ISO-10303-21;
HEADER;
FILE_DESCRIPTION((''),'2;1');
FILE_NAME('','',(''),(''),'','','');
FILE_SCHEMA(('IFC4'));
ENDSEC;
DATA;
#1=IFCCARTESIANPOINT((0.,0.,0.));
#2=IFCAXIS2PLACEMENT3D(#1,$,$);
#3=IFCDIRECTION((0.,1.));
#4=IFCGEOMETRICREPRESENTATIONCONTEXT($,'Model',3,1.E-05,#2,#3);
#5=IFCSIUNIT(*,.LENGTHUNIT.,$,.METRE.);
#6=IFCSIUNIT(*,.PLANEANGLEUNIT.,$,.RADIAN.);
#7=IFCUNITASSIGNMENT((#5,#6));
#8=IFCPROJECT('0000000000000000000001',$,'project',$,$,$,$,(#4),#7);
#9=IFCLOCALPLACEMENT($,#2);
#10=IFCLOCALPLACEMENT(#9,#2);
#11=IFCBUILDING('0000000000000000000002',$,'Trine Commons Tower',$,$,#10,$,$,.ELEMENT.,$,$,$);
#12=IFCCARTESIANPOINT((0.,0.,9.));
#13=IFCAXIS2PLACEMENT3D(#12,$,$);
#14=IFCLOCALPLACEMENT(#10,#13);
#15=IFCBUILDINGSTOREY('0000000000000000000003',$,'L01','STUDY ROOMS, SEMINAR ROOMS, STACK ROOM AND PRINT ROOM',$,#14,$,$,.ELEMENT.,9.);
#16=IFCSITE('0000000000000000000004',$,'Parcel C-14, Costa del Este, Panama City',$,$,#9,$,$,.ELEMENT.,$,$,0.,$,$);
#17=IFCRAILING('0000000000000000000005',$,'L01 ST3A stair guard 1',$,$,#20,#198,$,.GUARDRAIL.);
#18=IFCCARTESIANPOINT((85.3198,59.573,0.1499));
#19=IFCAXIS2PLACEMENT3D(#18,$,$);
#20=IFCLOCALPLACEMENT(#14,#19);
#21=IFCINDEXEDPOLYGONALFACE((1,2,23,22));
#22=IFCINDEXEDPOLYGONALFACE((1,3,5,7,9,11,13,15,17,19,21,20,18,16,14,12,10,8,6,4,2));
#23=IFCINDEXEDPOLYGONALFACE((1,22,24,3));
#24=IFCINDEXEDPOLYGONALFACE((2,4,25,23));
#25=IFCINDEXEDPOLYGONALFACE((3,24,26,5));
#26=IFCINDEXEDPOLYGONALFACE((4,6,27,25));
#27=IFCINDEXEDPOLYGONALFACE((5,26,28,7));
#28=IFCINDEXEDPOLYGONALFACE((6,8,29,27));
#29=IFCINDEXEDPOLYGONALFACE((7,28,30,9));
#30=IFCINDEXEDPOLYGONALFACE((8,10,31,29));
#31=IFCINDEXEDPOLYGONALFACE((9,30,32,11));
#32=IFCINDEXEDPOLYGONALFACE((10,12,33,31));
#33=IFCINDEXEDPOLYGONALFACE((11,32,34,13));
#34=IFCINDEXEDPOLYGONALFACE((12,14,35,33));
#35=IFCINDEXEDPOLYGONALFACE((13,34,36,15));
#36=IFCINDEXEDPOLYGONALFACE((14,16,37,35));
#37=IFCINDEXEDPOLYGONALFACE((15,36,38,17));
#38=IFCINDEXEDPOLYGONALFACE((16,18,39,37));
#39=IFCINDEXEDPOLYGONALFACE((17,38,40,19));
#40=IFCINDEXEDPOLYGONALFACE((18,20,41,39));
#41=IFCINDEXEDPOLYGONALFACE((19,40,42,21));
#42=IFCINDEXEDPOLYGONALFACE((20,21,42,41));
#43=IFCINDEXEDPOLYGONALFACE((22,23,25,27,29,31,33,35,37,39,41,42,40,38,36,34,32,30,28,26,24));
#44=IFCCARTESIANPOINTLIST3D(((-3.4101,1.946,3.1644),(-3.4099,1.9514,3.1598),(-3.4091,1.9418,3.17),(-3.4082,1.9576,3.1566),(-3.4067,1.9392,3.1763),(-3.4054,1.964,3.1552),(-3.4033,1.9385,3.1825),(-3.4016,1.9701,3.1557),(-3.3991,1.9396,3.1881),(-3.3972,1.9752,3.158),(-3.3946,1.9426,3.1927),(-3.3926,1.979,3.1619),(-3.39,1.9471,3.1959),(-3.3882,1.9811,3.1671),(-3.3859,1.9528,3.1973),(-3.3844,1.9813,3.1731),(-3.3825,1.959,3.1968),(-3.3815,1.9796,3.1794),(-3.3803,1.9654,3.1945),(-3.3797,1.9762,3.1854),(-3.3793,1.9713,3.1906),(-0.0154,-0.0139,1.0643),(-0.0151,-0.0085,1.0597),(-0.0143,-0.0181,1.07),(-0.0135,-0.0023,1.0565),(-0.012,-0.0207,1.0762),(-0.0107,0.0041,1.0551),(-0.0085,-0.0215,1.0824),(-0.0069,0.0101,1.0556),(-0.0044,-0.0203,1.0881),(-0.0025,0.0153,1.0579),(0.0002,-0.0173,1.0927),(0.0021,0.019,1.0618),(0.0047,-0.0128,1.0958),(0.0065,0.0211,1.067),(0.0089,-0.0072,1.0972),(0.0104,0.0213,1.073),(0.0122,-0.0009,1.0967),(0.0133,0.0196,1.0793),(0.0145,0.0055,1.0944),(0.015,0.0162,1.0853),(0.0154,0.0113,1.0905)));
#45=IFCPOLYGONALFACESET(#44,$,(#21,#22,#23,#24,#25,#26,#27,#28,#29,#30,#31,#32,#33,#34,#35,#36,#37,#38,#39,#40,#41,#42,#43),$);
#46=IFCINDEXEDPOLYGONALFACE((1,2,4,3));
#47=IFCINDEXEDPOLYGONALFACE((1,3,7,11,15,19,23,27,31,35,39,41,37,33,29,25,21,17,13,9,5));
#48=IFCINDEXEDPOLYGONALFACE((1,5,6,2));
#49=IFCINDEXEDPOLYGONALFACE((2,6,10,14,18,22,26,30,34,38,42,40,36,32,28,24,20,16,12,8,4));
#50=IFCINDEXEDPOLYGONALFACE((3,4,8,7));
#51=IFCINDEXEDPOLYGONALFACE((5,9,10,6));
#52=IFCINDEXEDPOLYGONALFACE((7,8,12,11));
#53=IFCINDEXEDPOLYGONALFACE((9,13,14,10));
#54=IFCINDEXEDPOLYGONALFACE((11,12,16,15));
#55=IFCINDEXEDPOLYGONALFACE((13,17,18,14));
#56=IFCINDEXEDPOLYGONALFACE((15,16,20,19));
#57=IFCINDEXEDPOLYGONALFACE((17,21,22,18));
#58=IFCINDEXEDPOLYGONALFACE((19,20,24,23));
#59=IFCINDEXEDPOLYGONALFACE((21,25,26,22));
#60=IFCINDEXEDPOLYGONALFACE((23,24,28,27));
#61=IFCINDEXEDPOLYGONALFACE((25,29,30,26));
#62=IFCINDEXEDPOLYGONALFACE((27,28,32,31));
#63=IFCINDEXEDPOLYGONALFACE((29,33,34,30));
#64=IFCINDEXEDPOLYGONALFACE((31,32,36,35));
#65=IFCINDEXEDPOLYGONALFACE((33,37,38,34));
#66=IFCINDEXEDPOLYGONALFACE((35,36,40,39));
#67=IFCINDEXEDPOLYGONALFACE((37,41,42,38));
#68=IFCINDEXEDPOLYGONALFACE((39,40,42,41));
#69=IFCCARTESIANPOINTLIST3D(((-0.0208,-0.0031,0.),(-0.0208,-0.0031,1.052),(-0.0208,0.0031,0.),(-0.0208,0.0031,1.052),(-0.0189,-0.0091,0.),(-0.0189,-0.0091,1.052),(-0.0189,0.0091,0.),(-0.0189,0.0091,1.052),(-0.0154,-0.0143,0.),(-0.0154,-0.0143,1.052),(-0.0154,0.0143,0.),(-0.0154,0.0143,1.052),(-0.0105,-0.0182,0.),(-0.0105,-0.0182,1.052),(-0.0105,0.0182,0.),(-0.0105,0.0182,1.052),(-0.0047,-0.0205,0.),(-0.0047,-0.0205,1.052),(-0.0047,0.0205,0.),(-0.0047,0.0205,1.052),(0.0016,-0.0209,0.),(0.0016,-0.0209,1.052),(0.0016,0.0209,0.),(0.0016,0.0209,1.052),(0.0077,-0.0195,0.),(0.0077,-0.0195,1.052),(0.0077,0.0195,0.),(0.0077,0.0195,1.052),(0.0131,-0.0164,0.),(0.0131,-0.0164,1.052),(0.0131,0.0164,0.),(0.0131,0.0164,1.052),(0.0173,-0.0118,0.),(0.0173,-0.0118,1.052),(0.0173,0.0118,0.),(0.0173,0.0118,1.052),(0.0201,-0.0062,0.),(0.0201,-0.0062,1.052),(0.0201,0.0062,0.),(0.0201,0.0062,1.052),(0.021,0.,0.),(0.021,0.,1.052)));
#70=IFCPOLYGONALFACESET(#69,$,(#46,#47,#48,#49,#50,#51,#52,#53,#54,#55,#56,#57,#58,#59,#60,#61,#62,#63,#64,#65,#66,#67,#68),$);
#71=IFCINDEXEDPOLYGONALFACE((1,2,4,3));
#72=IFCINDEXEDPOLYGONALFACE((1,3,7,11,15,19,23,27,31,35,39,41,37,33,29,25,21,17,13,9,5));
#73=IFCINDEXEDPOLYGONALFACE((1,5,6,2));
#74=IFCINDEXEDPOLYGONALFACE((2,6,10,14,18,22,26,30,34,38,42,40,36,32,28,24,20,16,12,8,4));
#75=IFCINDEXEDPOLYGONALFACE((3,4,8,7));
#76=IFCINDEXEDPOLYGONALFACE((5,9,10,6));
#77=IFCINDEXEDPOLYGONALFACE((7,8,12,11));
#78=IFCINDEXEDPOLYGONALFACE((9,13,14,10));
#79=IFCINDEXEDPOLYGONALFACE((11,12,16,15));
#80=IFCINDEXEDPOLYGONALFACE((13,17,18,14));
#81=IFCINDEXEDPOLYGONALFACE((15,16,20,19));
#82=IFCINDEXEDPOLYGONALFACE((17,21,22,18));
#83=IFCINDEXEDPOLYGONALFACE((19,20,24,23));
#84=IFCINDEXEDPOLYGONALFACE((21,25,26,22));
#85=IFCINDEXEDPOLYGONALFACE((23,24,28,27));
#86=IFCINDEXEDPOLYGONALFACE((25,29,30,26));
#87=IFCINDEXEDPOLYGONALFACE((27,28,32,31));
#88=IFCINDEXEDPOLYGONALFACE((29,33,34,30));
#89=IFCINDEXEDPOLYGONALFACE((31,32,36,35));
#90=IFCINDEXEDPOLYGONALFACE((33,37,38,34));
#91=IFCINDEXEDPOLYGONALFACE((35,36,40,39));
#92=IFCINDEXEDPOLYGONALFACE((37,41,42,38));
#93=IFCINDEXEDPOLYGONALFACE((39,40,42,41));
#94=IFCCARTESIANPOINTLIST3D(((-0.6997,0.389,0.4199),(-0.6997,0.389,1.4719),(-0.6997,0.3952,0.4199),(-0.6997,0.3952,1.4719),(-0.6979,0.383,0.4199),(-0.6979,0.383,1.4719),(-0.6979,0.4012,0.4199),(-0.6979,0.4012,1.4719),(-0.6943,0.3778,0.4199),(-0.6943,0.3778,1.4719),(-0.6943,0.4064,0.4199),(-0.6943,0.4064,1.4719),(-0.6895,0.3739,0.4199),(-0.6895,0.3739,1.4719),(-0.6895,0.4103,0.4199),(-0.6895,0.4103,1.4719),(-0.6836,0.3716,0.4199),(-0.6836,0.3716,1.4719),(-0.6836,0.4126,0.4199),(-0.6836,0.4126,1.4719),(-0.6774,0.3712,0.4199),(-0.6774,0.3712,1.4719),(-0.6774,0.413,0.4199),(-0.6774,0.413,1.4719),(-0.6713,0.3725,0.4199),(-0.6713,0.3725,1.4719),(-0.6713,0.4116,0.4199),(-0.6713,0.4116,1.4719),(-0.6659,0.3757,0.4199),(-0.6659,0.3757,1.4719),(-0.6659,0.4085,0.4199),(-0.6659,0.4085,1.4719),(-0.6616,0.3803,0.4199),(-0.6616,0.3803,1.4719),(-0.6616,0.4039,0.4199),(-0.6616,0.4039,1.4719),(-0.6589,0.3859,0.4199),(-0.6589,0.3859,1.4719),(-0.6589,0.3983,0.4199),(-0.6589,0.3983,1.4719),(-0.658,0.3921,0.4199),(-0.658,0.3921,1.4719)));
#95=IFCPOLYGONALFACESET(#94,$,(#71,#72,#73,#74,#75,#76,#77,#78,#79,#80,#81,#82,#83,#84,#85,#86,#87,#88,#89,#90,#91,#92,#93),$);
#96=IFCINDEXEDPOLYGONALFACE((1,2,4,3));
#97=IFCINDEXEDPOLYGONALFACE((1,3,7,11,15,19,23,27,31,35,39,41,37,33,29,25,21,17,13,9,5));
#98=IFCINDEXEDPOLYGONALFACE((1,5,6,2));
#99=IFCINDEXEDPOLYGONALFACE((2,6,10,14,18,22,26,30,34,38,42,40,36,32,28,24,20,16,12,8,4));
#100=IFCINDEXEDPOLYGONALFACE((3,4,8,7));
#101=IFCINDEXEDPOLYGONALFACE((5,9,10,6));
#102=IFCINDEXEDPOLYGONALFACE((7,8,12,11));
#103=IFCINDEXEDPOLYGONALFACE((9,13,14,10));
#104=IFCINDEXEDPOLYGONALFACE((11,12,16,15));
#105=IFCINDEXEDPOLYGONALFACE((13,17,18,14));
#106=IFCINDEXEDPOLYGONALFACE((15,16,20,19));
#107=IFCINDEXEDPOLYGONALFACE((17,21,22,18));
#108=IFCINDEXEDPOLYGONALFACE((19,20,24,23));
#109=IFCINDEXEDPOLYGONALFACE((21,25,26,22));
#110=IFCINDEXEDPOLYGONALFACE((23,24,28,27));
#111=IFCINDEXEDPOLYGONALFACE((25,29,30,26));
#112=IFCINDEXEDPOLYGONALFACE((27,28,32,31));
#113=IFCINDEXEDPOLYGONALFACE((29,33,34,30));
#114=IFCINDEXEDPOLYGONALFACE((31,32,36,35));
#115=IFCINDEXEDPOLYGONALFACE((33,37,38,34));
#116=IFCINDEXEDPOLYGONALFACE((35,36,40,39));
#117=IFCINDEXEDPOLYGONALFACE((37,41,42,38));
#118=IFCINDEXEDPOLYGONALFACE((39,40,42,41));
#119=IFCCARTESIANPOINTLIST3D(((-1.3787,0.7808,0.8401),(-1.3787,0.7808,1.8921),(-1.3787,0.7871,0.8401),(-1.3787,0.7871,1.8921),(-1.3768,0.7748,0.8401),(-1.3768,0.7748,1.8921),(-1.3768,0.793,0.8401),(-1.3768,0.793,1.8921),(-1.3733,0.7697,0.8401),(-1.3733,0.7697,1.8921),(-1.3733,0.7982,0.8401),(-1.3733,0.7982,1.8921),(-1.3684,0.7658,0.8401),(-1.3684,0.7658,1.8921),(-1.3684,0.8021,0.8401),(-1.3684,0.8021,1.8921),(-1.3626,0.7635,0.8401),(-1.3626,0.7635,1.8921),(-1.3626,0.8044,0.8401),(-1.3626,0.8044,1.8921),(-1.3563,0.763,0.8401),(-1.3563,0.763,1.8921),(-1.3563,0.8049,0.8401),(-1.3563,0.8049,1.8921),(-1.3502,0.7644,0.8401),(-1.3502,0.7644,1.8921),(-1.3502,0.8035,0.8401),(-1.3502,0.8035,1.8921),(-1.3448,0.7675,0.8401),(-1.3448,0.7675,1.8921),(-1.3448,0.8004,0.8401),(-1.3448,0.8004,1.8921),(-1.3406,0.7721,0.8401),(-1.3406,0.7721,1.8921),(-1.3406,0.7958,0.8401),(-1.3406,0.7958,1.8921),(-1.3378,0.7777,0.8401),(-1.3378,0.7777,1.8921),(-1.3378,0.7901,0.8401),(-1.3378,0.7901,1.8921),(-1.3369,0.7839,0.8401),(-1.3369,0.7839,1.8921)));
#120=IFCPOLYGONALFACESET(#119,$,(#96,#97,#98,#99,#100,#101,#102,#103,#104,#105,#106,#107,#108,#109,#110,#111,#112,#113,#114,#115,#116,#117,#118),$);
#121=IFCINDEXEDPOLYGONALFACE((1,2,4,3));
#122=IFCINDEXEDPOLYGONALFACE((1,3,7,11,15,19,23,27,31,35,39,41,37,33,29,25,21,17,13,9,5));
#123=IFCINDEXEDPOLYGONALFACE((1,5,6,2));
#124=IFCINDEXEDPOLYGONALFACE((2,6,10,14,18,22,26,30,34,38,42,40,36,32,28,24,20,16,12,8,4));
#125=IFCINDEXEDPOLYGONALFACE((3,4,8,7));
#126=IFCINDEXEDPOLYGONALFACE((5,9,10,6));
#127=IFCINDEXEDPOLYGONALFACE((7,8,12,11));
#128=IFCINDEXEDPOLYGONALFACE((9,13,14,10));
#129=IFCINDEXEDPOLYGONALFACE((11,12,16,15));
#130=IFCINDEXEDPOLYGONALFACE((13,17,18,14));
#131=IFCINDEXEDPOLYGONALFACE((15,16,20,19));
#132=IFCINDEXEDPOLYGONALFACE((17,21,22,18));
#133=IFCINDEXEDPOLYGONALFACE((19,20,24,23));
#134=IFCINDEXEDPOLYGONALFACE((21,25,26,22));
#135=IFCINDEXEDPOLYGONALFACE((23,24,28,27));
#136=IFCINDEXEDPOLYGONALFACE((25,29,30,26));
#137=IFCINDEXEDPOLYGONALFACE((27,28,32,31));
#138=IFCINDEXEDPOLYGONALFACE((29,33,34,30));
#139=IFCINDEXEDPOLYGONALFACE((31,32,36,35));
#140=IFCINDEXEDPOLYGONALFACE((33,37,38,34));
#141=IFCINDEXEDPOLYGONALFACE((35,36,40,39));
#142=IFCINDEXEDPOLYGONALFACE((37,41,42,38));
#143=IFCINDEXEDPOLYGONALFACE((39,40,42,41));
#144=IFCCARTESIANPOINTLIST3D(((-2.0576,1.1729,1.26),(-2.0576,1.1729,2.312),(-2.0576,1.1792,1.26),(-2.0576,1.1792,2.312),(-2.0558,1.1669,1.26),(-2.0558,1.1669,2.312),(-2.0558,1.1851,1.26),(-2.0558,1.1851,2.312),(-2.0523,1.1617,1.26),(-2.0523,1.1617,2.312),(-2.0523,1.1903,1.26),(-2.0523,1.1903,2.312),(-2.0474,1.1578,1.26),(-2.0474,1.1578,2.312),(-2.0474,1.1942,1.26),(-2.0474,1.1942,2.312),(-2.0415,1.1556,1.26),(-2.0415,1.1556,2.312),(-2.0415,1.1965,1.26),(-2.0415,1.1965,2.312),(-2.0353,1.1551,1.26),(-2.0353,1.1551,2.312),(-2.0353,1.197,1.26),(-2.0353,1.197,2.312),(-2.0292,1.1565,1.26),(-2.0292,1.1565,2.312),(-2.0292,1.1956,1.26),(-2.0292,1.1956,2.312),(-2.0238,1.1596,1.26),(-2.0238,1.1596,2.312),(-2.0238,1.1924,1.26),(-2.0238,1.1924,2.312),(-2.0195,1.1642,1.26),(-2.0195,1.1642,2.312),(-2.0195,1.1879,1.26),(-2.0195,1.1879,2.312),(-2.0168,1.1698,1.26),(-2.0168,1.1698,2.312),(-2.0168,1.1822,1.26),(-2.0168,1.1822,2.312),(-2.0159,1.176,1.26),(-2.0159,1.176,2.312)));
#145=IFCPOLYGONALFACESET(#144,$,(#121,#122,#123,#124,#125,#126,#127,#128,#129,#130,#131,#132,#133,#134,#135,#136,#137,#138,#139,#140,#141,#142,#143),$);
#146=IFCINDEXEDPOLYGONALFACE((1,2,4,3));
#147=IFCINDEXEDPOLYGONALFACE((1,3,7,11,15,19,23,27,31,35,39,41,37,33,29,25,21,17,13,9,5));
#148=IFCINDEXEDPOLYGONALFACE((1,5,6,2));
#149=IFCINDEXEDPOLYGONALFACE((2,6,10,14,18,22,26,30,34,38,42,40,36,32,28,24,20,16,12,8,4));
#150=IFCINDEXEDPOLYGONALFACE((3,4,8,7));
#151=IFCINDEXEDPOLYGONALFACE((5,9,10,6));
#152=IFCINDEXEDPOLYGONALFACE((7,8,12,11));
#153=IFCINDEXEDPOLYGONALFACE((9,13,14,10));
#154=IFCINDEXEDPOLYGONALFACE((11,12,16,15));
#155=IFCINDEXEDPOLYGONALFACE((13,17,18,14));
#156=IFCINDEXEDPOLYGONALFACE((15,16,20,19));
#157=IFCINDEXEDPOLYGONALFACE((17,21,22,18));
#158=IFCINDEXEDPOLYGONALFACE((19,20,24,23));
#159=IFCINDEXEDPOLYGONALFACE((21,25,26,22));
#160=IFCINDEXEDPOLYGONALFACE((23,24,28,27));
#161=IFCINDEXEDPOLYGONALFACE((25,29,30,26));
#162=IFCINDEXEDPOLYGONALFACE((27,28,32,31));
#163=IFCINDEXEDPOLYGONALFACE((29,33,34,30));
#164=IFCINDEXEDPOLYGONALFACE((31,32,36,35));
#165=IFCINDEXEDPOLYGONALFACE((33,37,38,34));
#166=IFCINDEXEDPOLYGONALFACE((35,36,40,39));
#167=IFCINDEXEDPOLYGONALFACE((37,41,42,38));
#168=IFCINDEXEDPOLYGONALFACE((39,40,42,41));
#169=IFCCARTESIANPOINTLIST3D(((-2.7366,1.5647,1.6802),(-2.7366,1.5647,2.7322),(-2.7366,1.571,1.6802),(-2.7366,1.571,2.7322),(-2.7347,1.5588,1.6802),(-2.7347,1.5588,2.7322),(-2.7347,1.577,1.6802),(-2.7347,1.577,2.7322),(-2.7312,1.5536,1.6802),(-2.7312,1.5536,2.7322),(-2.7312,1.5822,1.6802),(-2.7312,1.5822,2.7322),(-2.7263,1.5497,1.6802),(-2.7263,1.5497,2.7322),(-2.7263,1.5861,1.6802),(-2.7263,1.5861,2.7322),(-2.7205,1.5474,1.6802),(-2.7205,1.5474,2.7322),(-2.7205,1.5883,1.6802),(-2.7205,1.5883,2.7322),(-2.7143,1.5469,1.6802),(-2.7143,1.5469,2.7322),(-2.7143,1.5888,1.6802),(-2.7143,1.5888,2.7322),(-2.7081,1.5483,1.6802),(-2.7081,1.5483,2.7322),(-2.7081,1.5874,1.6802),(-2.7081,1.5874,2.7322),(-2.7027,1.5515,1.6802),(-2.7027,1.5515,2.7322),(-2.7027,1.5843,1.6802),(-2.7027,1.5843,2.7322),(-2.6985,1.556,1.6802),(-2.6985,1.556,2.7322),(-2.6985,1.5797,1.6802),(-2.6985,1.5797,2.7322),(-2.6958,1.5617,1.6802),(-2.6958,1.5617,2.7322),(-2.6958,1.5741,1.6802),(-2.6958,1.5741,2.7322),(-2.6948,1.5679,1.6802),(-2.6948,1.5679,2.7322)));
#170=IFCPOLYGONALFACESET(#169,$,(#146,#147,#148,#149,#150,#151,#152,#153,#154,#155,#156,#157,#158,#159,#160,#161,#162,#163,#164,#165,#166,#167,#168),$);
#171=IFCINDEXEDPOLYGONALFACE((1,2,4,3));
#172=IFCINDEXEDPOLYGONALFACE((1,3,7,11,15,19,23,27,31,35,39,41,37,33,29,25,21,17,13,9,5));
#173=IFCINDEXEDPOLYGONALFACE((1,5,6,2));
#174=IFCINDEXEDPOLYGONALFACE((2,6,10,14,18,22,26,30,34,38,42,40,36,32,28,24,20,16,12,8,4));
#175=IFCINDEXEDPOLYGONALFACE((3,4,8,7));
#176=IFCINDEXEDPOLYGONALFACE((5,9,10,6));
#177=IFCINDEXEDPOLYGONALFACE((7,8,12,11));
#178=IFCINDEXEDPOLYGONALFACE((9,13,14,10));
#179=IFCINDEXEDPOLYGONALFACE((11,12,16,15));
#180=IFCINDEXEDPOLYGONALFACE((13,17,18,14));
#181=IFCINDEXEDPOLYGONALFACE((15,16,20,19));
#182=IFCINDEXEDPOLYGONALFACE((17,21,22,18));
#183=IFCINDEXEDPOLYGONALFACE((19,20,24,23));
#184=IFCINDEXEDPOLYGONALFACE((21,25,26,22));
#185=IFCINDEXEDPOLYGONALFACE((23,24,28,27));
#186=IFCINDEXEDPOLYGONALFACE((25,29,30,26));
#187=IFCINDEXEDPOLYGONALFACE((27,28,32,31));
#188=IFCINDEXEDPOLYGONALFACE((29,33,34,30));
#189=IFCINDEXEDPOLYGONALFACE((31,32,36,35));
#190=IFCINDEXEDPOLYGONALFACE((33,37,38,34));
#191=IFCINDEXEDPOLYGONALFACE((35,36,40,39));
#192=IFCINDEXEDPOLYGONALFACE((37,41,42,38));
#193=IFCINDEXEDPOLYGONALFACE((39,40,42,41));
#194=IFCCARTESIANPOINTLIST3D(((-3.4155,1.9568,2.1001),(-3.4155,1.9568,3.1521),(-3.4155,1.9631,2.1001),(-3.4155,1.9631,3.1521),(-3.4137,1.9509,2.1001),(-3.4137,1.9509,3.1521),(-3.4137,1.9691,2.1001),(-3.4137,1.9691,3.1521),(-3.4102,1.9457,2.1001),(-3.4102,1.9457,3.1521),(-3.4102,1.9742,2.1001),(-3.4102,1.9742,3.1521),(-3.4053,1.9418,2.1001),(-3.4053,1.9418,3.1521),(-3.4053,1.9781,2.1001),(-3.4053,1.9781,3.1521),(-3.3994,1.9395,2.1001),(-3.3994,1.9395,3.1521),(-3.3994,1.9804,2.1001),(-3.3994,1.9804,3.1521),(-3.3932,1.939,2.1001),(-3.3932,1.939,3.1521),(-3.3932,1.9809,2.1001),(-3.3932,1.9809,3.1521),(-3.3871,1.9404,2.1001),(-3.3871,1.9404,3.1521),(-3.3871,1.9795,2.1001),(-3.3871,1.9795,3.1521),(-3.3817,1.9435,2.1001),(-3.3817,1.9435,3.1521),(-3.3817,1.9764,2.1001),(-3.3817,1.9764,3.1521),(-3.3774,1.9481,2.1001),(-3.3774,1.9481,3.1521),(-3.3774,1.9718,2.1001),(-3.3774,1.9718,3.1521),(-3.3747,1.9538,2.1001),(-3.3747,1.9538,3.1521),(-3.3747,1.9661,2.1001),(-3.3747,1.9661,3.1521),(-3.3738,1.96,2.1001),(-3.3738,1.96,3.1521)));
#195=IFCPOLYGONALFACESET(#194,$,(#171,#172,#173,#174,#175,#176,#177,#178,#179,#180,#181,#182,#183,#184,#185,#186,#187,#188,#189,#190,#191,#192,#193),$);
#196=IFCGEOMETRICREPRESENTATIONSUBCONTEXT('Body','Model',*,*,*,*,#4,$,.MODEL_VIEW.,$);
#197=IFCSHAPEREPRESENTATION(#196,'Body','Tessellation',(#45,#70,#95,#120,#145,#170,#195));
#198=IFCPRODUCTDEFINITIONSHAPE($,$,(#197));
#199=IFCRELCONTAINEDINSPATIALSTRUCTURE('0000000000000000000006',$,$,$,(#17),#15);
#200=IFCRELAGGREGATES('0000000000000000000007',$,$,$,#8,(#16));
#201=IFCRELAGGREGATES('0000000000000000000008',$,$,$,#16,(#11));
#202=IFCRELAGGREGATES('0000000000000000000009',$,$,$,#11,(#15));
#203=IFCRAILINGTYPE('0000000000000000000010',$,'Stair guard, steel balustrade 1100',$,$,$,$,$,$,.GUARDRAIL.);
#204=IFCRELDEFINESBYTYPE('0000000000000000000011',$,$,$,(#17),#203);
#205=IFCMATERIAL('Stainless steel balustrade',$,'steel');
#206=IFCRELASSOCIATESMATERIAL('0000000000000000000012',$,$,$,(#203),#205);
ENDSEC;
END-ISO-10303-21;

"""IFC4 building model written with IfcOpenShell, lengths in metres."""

from ifc_helpers import new_model, si_unit, direction, frame, origin, origin_2d, place, context, subcontext, project, spatial, circle, extrude, material, type_object, element, save


model = new_model("IFC4")

# Units and contexts
model_context = context("Model", 3, precision=1e-05, world=origin(), true_north=direction((0.0, 1.0)))
body_context = subcontext(model_context, "Body", "Model", "MODEL_VIEW")
ifc_project = project(units=[si_unit("LENGTHUNIT", "METRE"), si_unit("PLANEANGLEUNIT", "RADIAN")], contexts=[model_context])

# Site, building, storey
site_placement = place(None, origin())
site = spatial("IfcSite", under=ifc_project, at=site_placement, Name="Parcel C-14, Costa del Este, Panama City", CompositionType="ELEMENT", RefElevation=0.0)
building_placement = place(site_placement, origin())
building = spatial("IfcBuilding", under=site, at=building_placement, Name="Trine Commons Tower", CompositionType="ELEMENT")
storey_placement = place(building_placement, frame((0.0, 0.0, 9.0)))
storey = spatial("IfcBuildingStorey", under=building, at=storey_placement, Name="L01", Description="STUDY ROOMS, SEMINAR ROOMS, STACK ROOM AND PRINT ROOM", CompositionType="ELEMENT", Elevation=9.0)

# Railing
ifc_material_1 = material(Name="Stainless steel balustrade", Category="steel")
railing_type_1 = type_object("IfcRailingType", Name="Stair guard, steel balustrade 1100", PredefinedType="GUARDRAIL", material=ifc_material_1)
railing_1_placement = place(storey_placement, frame((85.3198, 59.573, 0.1499)))
element("IfcRailing", 1, at=railing_1_placement, inside=storey, type_object=railing_type_1, Name="L01 ST3A stair guard 1", PredefinedType="GUARDRAIL", context=body_context, shape_type="SweptSolid", body=[
    extrude(circle(Radius=0.0239, at=origin_2d()), frame((0.0, 0.0, 1.0762), z_axis=(-0.763375, 0.440732, 0.472244), x_axis=(-0.499997, -0.866027, 0.0)), (0.0, 0.0, 1.0), 4.447),
    extrude(circle(Radius=0.021, at=origin_2d()), origin(), (0.0, 0.0, 1.0), 1.052),
    extrude(circle(Radius=0.021, at=origin_2d()), frame((-0.679, 0.3921, 0.4199)), (0.0, 0.0, 1.0), 1.052),
    extrude(circle(Radius=0.021, at=origin_2d()), frame((-1.3579, 0.7839, 0.8401)), (0.0, 0.0, 1.0), 1.052),
    extrude(circle(Radius=0.021, at=origin_2d()), frame((-2.0369, 1.176, 1.26)), (0.0, 0.0, 1.0), 1.052),
    extrude(circle(Radius=0.021, at=origin_2d()), frame((-2.7158, 1.5679, 1.6802)), (0.0, 0.0, 1.0), 1.052),
    extrude(circle(Radius=0.021, at=origin_2d()), frame((-3.3948, 1.96, 2.1001)), (0.0, 0.0, 1.0), 1.052),
])

save(model, "model.ifc")
